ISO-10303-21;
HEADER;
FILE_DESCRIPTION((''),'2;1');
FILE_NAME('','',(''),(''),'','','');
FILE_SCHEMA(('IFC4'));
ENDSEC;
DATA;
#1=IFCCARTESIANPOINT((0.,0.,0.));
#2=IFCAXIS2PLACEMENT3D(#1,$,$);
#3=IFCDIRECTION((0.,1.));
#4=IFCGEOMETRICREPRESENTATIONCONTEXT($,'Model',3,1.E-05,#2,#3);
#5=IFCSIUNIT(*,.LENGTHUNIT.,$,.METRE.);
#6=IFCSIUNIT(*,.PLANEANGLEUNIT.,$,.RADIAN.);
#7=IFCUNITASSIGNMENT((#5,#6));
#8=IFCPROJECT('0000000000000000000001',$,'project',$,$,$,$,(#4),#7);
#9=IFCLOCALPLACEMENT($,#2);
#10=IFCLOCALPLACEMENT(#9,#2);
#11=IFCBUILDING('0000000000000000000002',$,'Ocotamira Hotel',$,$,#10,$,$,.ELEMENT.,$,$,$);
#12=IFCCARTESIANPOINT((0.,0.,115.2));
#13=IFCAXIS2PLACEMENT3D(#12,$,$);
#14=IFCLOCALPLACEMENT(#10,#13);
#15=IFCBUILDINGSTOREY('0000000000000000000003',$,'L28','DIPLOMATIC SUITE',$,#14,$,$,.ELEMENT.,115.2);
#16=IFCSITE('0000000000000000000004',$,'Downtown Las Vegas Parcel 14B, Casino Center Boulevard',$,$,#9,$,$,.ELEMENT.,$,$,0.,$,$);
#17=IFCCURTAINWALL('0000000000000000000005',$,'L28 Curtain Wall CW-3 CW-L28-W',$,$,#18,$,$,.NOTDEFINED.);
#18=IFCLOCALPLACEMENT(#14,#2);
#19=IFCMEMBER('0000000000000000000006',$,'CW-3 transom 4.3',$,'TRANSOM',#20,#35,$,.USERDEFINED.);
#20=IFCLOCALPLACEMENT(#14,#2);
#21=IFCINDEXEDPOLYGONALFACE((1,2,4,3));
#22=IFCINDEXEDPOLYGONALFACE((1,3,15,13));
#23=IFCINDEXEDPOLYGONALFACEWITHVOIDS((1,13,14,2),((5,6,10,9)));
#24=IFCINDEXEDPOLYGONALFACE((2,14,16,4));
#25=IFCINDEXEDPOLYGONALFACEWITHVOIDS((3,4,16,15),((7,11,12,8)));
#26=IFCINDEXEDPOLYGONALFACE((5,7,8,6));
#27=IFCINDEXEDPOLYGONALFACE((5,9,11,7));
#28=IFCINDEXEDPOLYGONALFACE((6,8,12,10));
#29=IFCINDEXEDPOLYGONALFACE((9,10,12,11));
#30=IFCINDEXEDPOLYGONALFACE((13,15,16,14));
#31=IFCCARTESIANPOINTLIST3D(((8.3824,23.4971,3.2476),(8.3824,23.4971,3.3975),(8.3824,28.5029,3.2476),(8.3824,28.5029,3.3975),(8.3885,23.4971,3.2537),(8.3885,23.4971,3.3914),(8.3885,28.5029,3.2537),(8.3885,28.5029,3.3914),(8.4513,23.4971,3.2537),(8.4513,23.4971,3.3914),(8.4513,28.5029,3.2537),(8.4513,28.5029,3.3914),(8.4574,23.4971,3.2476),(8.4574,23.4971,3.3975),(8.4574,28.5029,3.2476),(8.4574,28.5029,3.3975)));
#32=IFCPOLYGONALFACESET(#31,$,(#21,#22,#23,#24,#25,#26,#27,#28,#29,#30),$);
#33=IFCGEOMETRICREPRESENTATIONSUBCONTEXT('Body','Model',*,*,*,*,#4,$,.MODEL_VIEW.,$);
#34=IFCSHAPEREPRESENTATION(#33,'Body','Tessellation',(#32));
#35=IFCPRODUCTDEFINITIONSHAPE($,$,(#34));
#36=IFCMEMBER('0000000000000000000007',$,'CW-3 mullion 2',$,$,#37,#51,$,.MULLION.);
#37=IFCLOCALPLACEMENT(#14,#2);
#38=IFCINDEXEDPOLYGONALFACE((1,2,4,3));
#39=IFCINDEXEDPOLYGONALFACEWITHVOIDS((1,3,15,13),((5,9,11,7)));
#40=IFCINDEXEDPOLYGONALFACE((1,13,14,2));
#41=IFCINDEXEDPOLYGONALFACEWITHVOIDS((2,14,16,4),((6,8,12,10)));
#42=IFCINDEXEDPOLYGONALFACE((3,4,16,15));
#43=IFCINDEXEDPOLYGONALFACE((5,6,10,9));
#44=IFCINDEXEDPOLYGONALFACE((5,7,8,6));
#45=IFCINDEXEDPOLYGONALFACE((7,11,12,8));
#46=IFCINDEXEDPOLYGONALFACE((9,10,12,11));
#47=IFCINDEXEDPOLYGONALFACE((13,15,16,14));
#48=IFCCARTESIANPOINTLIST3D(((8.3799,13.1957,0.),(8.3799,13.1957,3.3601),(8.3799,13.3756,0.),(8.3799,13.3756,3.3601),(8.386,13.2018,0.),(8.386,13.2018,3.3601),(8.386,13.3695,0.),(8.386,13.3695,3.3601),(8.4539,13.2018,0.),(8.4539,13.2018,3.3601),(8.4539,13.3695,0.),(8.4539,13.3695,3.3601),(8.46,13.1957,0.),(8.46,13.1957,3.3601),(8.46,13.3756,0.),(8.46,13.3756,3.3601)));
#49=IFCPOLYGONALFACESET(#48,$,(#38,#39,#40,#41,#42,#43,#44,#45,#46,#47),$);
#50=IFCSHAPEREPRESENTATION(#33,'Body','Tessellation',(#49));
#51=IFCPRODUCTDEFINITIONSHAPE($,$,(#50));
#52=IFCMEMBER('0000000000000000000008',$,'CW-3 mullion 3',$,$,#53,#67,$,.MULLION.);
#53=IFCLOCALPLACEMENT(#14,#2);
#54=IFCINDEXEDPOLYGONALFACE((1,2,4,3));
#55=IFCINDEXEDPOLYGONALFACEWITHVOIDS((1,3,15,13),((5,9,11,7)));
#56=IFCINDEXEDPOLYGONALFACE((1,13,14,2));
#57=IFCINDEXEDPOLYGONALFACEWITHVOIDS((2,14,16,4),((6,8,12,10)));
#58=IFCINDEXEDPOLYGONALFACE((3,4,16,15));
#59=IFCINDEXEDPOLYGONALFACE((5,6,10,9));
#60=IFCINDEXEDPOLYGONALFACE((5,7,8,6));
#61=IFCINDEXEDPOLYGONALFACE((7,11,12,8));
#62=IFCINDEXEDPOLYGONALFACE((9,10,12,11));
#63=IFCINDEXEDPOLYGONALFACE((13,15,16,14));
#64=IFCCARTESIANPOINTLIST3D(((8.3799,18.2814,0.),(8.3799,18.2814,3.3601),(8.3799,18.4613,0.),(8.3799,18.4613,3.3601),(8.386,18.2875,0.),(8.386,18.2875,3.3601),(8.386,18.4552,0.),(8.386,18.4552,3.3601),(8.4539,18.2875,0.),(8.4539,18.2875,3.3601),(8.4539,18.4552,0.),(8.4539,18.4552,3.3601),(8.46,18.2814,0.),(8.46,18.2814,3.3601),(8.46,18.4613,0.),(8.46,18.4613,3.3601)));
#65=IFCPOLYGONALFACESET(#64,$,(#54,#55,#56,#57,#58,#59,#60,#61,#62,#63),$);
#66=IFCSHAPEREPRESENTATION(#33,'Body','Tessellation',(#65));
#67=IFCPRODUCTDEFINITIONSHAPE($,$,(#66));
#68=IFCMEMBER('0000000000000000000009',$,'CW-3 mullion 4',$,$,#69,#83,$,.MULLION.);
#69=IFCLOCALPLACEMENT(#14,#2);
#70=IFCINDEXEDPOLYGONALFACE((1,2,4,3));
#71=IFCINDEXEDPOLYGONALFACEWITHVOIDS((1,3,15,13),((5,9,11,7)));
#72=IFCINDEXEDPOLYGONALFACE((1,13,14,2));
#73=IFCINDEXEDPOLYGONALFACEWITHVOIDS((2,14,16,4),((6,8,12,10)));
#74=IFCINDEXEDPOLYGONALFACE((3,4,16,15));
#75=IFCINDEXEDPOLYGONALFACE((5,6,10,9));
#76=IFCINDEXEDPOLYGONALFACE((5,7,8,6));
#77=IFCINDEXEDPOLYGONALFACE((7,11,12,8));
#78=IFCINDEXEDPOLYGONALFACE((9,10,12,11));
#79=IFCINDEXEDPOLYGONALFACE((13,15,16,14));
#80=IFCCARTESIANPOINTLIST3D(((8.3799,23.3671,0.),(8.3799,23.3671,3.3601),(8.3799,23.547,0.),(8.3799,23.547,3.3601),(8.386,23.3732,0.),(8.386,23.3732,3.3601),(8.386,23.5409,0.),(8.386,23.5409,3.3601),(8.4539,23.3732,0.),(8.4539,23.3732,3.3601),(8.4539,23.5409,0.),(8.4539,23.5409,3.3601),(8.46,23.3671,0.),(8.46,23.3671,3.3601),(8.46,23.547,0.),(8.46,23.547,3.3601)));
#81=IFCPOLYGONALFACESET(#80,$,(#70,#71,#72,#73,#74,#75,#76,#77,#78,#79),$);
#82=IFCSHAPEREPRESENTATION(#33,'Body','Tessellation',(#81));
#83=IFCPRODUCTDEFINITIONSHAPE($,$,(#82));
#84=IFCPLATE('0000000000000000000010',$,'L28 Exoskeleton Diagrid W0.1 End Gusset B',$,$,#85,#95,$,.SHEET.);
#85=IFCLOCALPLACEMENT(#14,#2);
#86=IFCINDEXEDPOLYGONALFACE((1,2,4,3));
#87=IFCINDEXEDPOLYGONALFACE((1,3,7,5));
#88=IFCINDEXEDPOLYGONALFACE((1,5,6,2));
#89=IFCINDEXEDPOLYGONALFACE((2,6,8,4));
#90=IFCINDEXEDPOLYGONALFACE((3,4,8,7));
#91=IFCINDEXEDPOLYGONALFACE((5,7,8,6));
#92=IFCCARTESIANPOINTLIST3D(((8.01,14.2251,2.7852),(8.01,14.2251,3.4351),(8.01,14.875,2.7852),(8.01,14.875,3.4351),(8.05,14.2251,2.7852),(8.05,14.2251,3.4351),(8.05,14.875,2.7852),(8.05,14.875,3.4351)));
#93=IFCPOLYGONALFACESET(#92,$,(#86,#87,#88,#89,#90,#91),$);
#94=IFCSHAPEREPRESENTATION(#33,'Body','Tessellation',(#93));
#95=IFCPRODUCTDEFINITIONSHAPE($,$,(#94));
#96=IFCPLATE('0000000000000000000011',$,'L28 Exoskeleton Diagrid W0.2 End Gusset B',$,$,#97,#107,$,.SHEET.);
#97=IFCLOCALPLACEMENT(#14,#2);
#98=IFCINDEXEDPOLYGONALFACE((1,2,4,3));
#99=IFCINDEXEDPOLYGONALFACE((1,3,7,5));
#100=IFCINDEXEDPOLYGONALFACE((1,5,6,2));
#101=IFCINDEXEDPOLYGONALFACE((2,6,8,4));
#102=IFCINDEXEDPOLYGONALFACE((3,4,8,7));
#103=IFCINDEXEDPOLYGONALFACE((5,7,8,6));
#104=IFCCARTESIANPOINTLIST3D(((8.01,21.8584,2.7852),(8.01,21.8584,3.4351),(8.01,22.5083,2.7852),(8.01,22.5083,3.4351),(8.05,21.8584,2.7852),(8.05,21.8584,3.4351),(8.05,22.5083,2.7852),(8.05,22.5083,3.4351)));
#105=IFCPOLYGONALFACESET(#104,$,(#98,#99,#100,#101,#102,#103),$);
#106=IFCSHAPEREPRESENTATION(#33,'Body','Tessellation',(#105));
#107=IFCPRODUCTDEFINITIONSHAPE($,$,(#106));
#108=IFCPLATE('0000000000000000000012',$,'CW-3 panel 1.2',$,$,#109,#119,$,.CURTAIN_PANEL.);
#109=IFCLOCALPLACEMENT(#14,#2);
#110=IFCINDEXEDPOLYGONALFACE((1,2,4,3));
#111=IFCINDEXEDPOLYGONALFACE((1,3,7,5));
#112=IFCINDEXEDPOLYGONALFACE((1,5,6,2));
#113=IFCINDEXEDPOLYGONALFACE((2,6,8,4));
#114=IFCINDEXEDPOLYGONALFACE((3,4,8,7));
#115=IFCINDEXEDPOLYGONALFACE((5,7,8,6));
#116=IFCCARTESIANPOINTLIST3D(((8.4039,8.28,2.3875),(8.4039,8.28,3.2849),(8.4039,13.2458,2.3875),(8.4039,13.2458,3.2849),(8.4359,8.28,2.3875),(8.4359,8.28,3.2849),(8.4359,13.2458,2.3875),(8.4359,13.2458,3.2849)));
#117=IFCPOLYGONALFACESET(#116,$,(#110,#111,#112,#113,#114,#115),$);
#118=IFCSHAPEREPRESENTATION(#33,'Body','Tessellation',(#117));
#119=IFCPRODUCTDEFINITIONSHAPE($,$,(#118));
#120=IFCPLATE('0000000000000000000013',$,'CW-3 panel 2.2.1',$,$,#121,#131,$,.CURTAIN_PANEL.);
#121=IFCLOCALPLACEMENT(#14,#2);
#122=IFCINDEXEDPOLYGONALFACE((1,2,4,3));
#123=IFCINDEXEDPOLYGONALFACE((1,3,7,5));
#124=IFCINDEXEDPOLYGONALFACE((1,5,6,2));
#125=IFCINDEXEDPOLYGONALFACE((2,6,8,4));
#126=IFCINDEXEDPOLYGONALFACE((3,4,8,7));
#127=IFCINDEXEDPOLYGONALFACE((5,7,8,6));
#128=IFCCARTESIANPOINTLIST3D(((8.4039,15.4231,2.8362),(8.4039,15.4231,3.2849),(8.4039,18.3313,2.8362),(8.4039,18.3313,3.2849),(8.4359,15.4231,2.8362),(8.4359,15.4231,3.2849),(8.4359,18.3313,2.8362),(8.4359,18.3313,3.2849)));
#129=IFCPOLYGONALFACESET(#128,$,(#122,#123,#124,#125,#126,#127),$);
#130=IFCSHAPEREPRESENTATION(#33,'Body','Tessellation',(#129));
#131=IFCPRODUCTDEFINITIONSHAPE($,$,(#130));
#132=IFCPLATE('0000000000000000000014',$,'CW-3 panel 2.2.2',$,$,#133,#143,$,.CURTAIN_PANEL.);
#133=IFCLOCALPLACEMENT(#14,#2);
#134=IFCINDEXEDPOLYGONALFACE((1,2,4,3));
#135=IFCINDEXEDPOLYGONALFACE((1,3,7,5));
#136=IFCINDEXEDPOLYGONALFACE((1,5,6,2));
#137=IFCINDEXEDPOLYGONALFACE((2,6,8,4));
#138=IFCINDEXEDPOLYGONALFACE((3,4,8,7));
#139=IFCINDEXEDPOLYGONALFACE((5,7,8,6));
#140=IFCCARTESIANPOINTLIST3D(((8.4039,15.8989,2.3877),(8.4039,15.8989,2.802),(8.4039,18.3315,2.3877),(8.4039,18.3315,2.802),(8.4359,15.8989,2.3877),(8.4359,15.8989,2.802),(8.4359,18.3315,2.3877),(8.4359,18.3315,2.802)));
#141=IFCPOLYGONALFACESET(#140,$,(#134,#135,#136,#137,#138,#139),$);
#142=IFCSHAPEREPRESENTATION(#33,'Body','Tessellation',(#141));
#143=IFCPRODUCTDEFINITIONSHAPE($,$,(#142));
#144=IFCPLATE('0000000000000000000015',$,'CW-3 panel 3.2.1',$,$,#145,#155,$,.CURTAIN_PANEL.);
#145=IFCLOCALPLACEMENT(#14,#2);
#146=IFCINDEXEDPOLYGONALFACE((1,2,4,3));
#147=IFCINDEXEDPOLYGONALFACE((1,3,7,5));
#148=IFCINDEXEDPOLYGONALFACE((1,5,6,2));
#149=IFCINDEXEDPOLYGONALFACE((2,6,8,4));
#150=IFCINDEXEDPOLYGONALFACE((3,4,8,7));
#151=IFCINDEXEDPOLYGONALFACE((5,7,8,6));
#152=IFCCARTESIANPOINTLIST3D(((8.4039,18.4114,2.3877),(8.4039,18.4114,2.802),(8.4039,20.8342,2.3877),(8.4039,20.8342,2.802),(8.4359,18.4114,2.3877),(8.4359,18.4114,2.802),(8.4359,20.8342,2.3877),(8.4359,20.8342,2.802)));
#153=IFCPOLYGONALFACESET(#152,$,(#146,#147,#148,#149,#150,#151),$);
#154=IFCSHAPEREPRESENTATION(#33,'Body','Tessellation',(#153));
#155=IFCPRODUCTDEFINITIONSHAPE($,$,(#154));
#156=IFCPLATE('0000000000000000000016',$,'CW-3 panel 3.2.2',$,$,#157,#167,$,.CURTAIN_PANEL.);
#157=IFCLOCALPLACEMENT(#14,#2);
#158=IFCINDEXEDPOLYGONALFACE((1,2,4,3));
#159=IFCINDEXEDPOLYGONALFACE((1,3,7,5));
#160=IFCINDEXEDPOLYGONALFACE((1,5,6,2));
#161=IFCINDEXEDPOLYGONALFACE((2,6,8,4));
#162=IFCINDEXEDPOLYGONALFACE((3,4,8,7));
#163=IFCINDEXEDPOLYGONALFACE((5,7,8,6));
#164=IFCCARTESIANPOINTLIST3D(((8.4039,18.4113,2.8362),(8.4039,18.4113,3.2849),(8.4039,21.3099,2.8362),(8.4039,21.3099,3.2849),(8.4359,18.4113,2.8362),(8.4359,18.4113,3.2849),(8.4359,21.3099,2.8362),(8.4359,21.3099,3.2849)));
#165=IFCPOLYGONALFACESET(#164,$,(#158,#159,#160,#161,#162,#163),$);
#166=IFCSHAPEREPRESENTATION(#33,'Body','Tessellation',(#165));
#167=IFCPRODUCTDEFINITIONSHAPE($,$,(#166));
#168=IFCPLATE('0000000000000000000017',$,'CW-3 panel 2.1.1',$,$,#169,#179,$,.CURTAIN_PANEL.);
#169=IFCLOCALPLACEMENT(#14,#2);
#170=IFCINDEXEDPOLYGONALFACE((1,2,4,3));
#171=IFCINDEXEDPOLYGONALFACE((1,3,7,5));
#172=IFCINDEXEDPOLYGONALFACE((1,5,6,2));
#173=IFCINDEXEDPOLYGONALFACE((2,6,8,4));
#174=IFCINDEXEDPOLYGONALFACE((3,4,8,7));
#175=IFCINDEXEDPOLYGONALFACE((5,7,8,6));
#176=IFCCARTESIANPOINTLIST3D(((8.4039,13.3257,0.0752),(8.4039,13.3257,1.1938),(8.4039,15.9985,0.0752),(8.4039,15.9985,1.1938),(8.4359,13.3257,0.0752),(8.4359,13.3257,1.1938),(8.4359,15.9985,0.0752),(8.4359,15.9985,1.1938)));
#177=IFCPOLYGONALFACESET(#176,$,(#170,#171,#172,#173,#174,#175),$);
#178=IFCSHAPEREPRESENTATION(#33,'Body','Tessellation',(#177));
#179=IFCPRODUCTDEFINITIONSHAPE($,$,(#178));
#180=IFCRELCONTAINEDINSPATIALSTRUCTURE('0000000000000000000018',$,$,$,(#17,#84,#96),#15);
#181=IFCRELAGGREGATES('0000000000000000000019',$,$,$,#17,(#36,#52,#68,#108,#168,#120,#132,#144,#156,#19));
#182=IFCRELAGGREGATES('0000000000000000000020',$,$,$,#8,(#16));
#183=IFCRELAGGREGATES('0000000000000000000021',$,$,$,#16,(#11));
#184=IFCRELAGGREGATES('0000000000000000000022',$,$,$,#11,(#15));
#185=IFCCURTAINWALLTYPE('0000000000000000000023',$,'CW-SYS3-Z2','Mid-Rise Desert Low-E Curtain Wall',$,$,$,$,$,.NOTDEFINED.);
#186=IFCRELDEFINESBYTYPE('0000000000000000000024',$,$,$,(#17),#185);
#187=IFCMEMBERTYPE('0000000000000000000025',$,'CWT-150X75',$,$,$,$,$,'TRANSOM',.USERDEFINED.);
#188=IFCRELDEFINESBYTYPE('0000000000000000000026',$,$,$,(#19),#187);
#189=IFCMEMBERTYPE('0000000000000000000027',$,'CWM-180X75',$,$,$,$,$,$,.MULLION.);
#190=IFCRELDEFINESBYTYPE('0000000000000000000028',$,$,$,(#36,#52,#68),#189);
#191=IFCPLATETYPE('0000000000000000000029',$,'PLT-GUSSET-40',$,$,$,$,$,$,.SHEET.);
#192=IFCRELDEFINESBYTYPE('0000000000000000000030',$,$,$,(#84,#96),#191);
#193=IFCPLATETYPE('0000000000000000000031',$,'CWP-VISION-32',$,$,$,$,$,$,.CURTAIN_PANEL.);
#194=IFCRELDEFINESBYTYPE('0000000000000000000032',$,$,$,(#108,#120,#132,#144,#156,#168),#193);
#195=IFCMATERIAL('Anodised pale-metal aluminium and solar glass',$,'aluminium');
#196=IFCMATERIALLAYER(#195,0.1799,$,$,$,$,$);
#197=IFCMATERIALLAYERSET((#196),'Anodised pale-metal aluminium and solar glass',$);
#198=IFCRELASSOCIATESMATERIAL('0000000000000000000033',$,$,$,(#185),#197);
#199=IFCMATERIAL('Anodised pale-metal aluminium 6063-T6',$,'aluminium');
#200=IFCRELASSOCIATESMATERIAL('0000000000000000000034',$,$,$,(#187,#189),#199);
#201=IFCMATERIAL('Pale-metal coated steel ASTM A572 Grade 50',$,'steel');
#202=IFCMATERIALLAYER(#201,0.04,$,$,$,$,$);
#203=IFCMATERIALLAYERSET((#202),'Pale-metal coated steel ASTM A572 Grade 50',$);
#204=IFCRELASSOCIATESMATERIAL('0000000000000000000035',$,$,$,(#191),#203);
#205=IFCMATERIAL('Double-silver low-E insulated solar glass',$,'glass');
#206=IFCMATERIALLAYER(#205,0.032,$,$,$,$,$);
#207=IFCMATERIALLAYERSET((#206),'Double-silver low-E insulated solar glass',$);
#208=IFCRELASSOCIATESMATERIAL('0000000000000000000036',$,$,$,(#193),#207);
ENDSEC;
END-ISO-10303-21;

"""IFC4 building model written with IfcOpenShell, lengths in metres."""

from ifc_helpers import new_model, si_unit, direction, frame, origin, origin_2d, place, context, subcontext, project, spatial, rectangle, hollow_rectangle, extrude, source, transform, mapped, material, layer, layer_set, material_profile, profile_set, type_object, element, aggregate, save


model = new_model("IFC4")

# Units and contexts
model_context = context("Model", 3, precision=1e-05, world=origin(), true_north=direction((0.0, 1.0)))
body_context = subcontext(model_context, "Body", "Model", "MODEL_VIEW")
ifc_project = project(units=[si_unit("LENGTHUNIT", "METRE"), si_unit("PLANEANGLEUNIT", "RADIAN")], contexts=[model_context])

# Site, building, storey
site_placement = place(None, origin())
site = spatial("IfcSite", under=ifc_project, at=site_placement, Name="Downtown Las Vegas Parcel 14B, Casino Center Boulevard", CompositionType="ELEMENT", RefElevation=0.0)
building_placement = place(site_placement, origin())
building = spatial("IfcBuilding", under=site, at=building_placement, Name="Ocotamira Hotel", CompositionType="ELEMENT")
storey_placement = place(building_placement, frame((0.0, 0.0, 115.2)))
storey = spatial("IfcBuildingStorey", under=building, at=storey_placement, Name="L28", Description="DIPLOMATIC SUITE", CompositionType="ELEMENT", Elevation=115.2)

# Curtain wall, members
ifc_material_1 = material(Name="Anodised pale-metal aluminium and solar glass", Category="aluminium")
ifc_layer_1 = layer(ifc_material_1, 0.1799)
ifc_layer_set_1 = layer_set([ifc_layer_1], Name="Anodised pale-metal aluminium and solar glass")
curtain_wall_type = type_object("IfcCurtainWallType", Name="CW-SYS3-Z2", Description="Mid-Rise Desert Low-E Curtain Wall", PredefinedType="NOTDEFINED", material=ifc_layer_set_1)
curtain_wall_placement = place(storey_placement, origin())
curtain_wall = element("IfcCurtainWall", 1, at=curtain_wall_placement, inside=storey, type_object=curtain_wall_type, Name="L28 Curtain Wall CW-3 CW-L28-W", PredefinedType="NOTDEFINED")
ifc_material_2 = material(Name="Anodised pale-metal aluminium 6063-T6", Category="aluminium")
ifc_material_profile_1 = material_profile(ifc_material_2, hollow_rectangle(XDim=0.075, YDim=0.1499, WallThickness=0.0061, at=origin_2d()), Name="HSS150X75X6")
ifc_profile_set_1 = profile_set([ifc_material_profile_1], Name="Anodised pale-metal aluminium 6063-T6")
member_type_1 = type_object("IfcMemberType", Name="CWT-150X75", ElementType="TRANSOM", PredefinedType="USERDEFINED", material=ifc_profile_set_1)
shared_shape_1 = source(origin(), body_context, "Body", "SweptSolid", [
    extrude(hollow_rectangle(XDim=0.075, YDim=0.1499, WallThickness=0.0061, at=origin_2d()), origin(), (0.0, 0.0, 1.0), 5.0059),
])
member_1_placement = place(storey_placement, frame((8.4199, 23.4971, 3.3225), z_axis=(0.0, 1.0, 0.0), x_axis=(-1.0, 0.0, 0.0)))
member_1 = element("IfcMember", 2, at=member_1_placement, type_object=member_type_1, Name="CW-3 transom 4.3", ObjectType="TRANSOM", PredefinedType="USERDEFINED", context=body_context, shape_type="MappedRepresentation", body=[
    mapped(shared_shape_1, transform((0.0, 0.0, 0.0), scale=1.0)),
])
ifc_material_profile_2 = material_profile(ifc_material_2, hollow_rectangle(XDim=0.0801, YDim=0.1799, WallThickness=0.0061, at=origin_2d()), Name="HSS180X80X6")
ifc_profile_set_2 = profile_set([ifc_material_profile_2], Name="Anodised pale-metal aluminium 6063-T6")
member_type_2 = type_object("IfcMemberType", Name="CWM-180X75", PredefinedType="MULLION", material=ifc_profile_set_2)
shared_shape_2 = source(origin(), body_context, "Body", "SweptSolid", [
    extrude(hollow_rectangle(XDim=0.0801, YDim=0.1799, WallThickness=0.0061, at=origin_2d()), origin(), (0.0, 0.0, 1.0), 3.3601),
])
member_2_placement = place(storey_placement, frame((8.4199, 13.2856, 0.0), z_axis=(0.0, 0.0, 1.0), x_axis=(-1.0, 0.0, 0.0)))
member_2 = element("IfcMember", 3, at=member_2_placement, type_object=member_type_2, Name="CW-3 mullion 2", PredefinedType="MULLION", context=body_context, shape_type="MappedRepresentation", body=[
    mapped(shared_shape_2, transform((0.0, 0.0, 0.0), scale=1.0)),
])
member_3_placement = place(storey_placement, frame((8.4199, 18.3713, 0.0), z_axis=(0.0, 0.0, 1.0), x_axis=(-1.0, 0.0, 0.0)))
member_3 = element("IfcMember", 4, at=member_3_placement, type_object=member_type_2, Name="CW-3 mullion 3", PredefinedType="MULLION", context=body_context, shape_type="MappedRepresentation", body=[
    mapped(shared_shape_2, transform((0.0, 0.0, 0.0), scale=1.0)),
])
member_4_placement = place(storey_placement, frame((8.4199, 23.457, 0.0), z_axis=(0.0, 0.0, 1.0), x_axis=(-1.0, 0.0, 0.0)))
member_4 = element("IfcMember", 5, at=member_4_placement, type_object=member_type_2, Name="CW-3 mullion 4", PredefinedType="MULLION", context=body_context, shape_type="MappedRepresentation", body=[
    mapped(shared_shape_2, transform((0.0, 0.0, 0.0), scale=1.0)),
])

# Plates
ifc_material_3 = material(Name="Pale-metal coated steel ASTM A572 Grade 50", Category="steel")
ifc_layer_2 = layer(ifc_material_3, 0.04)
ifc_layer_set_2 = layer_set([ifc_layer_2], Name="Pale-metal coated steel ASTM A572 Grade 50")
plate_type_1 = type_object("IfcPlateType", Name="PLT-GUSSET-40", PredefinedType="SHEET", material=ifc_layer_set_2)
shared_shape_3 = source(origin(), body_context, "Body", "SweptSolid", [
    extrude(rectangle(XDim=0.04, YDim=0.6499, at=origin_2d()), origin(), (0.0, 0.0, 1.0), 0.6499),
])
for number, where, z_axis, x_axis, name in (
    (6, (8.03, 14.55, 2.7852), (0.0, 0.0, 1.0), (1.0, 0.0, 0.0), "L28 Exoskeleton Diagrid W0.1 End Gusset B"),
    (7, (8.03, 22.1833, 2.7852), (0.0, 0.0, 1.0), (1.0, 0.0, 0.0), "L28 Exoskeleton Diagrid W0.2 End Gusset B"),
):
    element("IfcPlate", number, at=place(storey_placement, frame(where, z_axis=z_axis, x_axis=x_axis)), inside=storey, type_object=plate_type_1, Name=name, PredefinedType="SHEET", context=body_context, shape_type="MappedRepresentation", body=[
        mapped(shared_shape_3, transform((0.0, 0.0, 0.0), scale=1.0)),
    ])

# Plates
ifc_material_4 = material(Name="Double-silver low-E insulated solar glass", Category="glass")
ifc_layer_3 = layer(ifc_material_4, 0.032)
ifc_layer_set_3 = layer_set([ifc_layer_3], Name="Double-silver low-E insulated solar glass")
plate_type_2 = type_object("IfcPlateType", Name="CWP-VISION-32", PredefinedType="CURTAIN_PANEL", material=ifc_layer_set_3)
shared_shape_4 = source(origin(), body_context, "Body", "SweptSolid", [
    extrude(rectangle(XDim=4.9658, YDim=0.032, at=origin_2d()), origin(), (0.0, 0.0, 1.0), 0.8975),
])
plate_1_placement = place(storey_placement, frame((8.4199, 10.7629, 2.3875), z_axis=(0.0, 0.0, 1.0), x_axis=(0.0, 1.0, 0.0)))
plate_1 = element("IfcPlate", 8, at=plate_1_placement, type_object=plate_type_2, Name="CW-3 panel 1.2", PredefinedType="CURTAIN_PANEL", context=body_context, shape_type="MappedRepresentation", body=[
    mapped(shared_shape_4, transform((0.0, 0.0, 0.0), scale=1.0)),
])
shared_shape_5 = source(origin(), body_context, "Body", "SweptSolid", [
    extrude(rectangle(XDim=2.9082, YDim=0.032, at=origin_2d()), origin(), (0.0, 0.0, 1.0), 0.4487),
])
plate_2_placement = place(storey_placement, frame((8.4199, 16.8772, 2.8362), z_axis=(0.0, 0.0, 1.0), x_axis=(0.0, 1.0, 0.0)))
plate_2 = element("IfcPlate", 9, at=plate_2_placement, type_object=plate_type_2, Name="CW-3 panel 2.2.1", PredefinedType="CURTAIN_PANEL", context=body_context, shape_type="MappedRepresentation", body=[
    mapped(shared_shape_5, transform((0.0, 0.0, 0.0), scale=1.0)),
])
shared_shape_6 = source(origin(), body_context, "Body", "SweptSolid", [
    extrude(rectangle(XDim=2.4326, YDim=0.032, at=origin_2d()), origin(), (0.0, 0.0, 1.0), 0.4143),
])
plate_3_placement = place(storey_placement, frame((8.4199, 17.1152, 2.3877), z_axis=(0.0, 0.0, 1.0), x_axis=(0.0, 1.0, 0.0)))
plate_3 = element("IfcPlate", 10, at=plate_3_placement, type_object=plate_type_2, Name="CW-3 panel 2.2.2", PredefinedType="CURTAIN_PANEL", context=body_context, shape_type="MappedRepresentation", body=[
    mapped(shared_shape_6, transform((0.0, 0.0, 0.0), scale=1.0)),
])
shared_shape_7 = source(origin(), body_context, "Body", "SweptSolid", [
    extrude(rectangle(XDim=2.4229, YDim=0.032, at=origin_2d()), origin(), (0.0, 0.0, 1.0), 0.4143),
])
plate_4_placement = place(storey_placement, frame((8.4199, 19.6228, 2.3877), z_axis=(0.0, 0.0, 1.0), x_axis=(0.0, 1.0, 0.0)))
plate_4 = element("IfcPlate", 11, at=plate_4_placement, type_object=plate_type_2, Name="CW-3 panel 3.2.1", PredefinedType="CURTAIN_PANEL", context=body_context, shape_type="MappedRepresentation", body=[
    mapped(shared_shape_7, transform((0.0, 0.0, 0.0), scale=1.0)),
])
shared_shape_8 = source(origin(), body_context, "Body", "SweptSolid", [
    extrude(rectangle(XDim=2.8987, YDim=0.032, at=origin_2d()), origin(), (0.0, 0.0, 1.0), 0.4487),
])
plate_5_placement = place(storey_placement, frame((8.4199, 19.8606, 2.8362), z_axis=(0.0, 0.0, 1.0), x_axis=(0.0, 1.0, 0.0)))
plate_5 = element("IfcPlate", 12, at=plate_5_placement, type_object=plate_type_2, Name="CW-3 panel 3.2.2", PredefinedType="CURTAIN_PANEL", context=body_context, shape_type="MappedRepresentation", body=[
    mapped(shared_shape_8, transform((0.0, 0.0, 0.0), scale=1.0)),
])
shared_shape_9 = source(origin(), body_context, "Body", "SweptSolid", [
    extrude(rectangle(XDim=2.6729, YDim=0.032, at=origin_2d()), origin(), (0.0, 0.0, 1.0), 1.1187),
])
plate_6_placement = place(storey_placement, frame((8.4199, 14.6621, 0.0752), z_axis=(0.0, 0.0, 1.0), x_axis=(0.0, 1.0, 0.0)))
plate_6 = element("IfcPlate", 13, at=plate_6_placement, type_object=plate_type_2, Name="CW-3 panel 2.1.1", PredefinedType="CURTAIN_PANEL", context=body_context, shape_type="MappedRepresentation", body=[
    mapped(shared_shape_9, transform((0.0, 0.0, 0.0), scale=1.0)),
])
aggregate(curtain_wall, [member_2, member_3, member_4, plate_1, plate_6, plate_2, plate_3, plate_4, plate_5, member_1])

save(model, "model.ifc")
